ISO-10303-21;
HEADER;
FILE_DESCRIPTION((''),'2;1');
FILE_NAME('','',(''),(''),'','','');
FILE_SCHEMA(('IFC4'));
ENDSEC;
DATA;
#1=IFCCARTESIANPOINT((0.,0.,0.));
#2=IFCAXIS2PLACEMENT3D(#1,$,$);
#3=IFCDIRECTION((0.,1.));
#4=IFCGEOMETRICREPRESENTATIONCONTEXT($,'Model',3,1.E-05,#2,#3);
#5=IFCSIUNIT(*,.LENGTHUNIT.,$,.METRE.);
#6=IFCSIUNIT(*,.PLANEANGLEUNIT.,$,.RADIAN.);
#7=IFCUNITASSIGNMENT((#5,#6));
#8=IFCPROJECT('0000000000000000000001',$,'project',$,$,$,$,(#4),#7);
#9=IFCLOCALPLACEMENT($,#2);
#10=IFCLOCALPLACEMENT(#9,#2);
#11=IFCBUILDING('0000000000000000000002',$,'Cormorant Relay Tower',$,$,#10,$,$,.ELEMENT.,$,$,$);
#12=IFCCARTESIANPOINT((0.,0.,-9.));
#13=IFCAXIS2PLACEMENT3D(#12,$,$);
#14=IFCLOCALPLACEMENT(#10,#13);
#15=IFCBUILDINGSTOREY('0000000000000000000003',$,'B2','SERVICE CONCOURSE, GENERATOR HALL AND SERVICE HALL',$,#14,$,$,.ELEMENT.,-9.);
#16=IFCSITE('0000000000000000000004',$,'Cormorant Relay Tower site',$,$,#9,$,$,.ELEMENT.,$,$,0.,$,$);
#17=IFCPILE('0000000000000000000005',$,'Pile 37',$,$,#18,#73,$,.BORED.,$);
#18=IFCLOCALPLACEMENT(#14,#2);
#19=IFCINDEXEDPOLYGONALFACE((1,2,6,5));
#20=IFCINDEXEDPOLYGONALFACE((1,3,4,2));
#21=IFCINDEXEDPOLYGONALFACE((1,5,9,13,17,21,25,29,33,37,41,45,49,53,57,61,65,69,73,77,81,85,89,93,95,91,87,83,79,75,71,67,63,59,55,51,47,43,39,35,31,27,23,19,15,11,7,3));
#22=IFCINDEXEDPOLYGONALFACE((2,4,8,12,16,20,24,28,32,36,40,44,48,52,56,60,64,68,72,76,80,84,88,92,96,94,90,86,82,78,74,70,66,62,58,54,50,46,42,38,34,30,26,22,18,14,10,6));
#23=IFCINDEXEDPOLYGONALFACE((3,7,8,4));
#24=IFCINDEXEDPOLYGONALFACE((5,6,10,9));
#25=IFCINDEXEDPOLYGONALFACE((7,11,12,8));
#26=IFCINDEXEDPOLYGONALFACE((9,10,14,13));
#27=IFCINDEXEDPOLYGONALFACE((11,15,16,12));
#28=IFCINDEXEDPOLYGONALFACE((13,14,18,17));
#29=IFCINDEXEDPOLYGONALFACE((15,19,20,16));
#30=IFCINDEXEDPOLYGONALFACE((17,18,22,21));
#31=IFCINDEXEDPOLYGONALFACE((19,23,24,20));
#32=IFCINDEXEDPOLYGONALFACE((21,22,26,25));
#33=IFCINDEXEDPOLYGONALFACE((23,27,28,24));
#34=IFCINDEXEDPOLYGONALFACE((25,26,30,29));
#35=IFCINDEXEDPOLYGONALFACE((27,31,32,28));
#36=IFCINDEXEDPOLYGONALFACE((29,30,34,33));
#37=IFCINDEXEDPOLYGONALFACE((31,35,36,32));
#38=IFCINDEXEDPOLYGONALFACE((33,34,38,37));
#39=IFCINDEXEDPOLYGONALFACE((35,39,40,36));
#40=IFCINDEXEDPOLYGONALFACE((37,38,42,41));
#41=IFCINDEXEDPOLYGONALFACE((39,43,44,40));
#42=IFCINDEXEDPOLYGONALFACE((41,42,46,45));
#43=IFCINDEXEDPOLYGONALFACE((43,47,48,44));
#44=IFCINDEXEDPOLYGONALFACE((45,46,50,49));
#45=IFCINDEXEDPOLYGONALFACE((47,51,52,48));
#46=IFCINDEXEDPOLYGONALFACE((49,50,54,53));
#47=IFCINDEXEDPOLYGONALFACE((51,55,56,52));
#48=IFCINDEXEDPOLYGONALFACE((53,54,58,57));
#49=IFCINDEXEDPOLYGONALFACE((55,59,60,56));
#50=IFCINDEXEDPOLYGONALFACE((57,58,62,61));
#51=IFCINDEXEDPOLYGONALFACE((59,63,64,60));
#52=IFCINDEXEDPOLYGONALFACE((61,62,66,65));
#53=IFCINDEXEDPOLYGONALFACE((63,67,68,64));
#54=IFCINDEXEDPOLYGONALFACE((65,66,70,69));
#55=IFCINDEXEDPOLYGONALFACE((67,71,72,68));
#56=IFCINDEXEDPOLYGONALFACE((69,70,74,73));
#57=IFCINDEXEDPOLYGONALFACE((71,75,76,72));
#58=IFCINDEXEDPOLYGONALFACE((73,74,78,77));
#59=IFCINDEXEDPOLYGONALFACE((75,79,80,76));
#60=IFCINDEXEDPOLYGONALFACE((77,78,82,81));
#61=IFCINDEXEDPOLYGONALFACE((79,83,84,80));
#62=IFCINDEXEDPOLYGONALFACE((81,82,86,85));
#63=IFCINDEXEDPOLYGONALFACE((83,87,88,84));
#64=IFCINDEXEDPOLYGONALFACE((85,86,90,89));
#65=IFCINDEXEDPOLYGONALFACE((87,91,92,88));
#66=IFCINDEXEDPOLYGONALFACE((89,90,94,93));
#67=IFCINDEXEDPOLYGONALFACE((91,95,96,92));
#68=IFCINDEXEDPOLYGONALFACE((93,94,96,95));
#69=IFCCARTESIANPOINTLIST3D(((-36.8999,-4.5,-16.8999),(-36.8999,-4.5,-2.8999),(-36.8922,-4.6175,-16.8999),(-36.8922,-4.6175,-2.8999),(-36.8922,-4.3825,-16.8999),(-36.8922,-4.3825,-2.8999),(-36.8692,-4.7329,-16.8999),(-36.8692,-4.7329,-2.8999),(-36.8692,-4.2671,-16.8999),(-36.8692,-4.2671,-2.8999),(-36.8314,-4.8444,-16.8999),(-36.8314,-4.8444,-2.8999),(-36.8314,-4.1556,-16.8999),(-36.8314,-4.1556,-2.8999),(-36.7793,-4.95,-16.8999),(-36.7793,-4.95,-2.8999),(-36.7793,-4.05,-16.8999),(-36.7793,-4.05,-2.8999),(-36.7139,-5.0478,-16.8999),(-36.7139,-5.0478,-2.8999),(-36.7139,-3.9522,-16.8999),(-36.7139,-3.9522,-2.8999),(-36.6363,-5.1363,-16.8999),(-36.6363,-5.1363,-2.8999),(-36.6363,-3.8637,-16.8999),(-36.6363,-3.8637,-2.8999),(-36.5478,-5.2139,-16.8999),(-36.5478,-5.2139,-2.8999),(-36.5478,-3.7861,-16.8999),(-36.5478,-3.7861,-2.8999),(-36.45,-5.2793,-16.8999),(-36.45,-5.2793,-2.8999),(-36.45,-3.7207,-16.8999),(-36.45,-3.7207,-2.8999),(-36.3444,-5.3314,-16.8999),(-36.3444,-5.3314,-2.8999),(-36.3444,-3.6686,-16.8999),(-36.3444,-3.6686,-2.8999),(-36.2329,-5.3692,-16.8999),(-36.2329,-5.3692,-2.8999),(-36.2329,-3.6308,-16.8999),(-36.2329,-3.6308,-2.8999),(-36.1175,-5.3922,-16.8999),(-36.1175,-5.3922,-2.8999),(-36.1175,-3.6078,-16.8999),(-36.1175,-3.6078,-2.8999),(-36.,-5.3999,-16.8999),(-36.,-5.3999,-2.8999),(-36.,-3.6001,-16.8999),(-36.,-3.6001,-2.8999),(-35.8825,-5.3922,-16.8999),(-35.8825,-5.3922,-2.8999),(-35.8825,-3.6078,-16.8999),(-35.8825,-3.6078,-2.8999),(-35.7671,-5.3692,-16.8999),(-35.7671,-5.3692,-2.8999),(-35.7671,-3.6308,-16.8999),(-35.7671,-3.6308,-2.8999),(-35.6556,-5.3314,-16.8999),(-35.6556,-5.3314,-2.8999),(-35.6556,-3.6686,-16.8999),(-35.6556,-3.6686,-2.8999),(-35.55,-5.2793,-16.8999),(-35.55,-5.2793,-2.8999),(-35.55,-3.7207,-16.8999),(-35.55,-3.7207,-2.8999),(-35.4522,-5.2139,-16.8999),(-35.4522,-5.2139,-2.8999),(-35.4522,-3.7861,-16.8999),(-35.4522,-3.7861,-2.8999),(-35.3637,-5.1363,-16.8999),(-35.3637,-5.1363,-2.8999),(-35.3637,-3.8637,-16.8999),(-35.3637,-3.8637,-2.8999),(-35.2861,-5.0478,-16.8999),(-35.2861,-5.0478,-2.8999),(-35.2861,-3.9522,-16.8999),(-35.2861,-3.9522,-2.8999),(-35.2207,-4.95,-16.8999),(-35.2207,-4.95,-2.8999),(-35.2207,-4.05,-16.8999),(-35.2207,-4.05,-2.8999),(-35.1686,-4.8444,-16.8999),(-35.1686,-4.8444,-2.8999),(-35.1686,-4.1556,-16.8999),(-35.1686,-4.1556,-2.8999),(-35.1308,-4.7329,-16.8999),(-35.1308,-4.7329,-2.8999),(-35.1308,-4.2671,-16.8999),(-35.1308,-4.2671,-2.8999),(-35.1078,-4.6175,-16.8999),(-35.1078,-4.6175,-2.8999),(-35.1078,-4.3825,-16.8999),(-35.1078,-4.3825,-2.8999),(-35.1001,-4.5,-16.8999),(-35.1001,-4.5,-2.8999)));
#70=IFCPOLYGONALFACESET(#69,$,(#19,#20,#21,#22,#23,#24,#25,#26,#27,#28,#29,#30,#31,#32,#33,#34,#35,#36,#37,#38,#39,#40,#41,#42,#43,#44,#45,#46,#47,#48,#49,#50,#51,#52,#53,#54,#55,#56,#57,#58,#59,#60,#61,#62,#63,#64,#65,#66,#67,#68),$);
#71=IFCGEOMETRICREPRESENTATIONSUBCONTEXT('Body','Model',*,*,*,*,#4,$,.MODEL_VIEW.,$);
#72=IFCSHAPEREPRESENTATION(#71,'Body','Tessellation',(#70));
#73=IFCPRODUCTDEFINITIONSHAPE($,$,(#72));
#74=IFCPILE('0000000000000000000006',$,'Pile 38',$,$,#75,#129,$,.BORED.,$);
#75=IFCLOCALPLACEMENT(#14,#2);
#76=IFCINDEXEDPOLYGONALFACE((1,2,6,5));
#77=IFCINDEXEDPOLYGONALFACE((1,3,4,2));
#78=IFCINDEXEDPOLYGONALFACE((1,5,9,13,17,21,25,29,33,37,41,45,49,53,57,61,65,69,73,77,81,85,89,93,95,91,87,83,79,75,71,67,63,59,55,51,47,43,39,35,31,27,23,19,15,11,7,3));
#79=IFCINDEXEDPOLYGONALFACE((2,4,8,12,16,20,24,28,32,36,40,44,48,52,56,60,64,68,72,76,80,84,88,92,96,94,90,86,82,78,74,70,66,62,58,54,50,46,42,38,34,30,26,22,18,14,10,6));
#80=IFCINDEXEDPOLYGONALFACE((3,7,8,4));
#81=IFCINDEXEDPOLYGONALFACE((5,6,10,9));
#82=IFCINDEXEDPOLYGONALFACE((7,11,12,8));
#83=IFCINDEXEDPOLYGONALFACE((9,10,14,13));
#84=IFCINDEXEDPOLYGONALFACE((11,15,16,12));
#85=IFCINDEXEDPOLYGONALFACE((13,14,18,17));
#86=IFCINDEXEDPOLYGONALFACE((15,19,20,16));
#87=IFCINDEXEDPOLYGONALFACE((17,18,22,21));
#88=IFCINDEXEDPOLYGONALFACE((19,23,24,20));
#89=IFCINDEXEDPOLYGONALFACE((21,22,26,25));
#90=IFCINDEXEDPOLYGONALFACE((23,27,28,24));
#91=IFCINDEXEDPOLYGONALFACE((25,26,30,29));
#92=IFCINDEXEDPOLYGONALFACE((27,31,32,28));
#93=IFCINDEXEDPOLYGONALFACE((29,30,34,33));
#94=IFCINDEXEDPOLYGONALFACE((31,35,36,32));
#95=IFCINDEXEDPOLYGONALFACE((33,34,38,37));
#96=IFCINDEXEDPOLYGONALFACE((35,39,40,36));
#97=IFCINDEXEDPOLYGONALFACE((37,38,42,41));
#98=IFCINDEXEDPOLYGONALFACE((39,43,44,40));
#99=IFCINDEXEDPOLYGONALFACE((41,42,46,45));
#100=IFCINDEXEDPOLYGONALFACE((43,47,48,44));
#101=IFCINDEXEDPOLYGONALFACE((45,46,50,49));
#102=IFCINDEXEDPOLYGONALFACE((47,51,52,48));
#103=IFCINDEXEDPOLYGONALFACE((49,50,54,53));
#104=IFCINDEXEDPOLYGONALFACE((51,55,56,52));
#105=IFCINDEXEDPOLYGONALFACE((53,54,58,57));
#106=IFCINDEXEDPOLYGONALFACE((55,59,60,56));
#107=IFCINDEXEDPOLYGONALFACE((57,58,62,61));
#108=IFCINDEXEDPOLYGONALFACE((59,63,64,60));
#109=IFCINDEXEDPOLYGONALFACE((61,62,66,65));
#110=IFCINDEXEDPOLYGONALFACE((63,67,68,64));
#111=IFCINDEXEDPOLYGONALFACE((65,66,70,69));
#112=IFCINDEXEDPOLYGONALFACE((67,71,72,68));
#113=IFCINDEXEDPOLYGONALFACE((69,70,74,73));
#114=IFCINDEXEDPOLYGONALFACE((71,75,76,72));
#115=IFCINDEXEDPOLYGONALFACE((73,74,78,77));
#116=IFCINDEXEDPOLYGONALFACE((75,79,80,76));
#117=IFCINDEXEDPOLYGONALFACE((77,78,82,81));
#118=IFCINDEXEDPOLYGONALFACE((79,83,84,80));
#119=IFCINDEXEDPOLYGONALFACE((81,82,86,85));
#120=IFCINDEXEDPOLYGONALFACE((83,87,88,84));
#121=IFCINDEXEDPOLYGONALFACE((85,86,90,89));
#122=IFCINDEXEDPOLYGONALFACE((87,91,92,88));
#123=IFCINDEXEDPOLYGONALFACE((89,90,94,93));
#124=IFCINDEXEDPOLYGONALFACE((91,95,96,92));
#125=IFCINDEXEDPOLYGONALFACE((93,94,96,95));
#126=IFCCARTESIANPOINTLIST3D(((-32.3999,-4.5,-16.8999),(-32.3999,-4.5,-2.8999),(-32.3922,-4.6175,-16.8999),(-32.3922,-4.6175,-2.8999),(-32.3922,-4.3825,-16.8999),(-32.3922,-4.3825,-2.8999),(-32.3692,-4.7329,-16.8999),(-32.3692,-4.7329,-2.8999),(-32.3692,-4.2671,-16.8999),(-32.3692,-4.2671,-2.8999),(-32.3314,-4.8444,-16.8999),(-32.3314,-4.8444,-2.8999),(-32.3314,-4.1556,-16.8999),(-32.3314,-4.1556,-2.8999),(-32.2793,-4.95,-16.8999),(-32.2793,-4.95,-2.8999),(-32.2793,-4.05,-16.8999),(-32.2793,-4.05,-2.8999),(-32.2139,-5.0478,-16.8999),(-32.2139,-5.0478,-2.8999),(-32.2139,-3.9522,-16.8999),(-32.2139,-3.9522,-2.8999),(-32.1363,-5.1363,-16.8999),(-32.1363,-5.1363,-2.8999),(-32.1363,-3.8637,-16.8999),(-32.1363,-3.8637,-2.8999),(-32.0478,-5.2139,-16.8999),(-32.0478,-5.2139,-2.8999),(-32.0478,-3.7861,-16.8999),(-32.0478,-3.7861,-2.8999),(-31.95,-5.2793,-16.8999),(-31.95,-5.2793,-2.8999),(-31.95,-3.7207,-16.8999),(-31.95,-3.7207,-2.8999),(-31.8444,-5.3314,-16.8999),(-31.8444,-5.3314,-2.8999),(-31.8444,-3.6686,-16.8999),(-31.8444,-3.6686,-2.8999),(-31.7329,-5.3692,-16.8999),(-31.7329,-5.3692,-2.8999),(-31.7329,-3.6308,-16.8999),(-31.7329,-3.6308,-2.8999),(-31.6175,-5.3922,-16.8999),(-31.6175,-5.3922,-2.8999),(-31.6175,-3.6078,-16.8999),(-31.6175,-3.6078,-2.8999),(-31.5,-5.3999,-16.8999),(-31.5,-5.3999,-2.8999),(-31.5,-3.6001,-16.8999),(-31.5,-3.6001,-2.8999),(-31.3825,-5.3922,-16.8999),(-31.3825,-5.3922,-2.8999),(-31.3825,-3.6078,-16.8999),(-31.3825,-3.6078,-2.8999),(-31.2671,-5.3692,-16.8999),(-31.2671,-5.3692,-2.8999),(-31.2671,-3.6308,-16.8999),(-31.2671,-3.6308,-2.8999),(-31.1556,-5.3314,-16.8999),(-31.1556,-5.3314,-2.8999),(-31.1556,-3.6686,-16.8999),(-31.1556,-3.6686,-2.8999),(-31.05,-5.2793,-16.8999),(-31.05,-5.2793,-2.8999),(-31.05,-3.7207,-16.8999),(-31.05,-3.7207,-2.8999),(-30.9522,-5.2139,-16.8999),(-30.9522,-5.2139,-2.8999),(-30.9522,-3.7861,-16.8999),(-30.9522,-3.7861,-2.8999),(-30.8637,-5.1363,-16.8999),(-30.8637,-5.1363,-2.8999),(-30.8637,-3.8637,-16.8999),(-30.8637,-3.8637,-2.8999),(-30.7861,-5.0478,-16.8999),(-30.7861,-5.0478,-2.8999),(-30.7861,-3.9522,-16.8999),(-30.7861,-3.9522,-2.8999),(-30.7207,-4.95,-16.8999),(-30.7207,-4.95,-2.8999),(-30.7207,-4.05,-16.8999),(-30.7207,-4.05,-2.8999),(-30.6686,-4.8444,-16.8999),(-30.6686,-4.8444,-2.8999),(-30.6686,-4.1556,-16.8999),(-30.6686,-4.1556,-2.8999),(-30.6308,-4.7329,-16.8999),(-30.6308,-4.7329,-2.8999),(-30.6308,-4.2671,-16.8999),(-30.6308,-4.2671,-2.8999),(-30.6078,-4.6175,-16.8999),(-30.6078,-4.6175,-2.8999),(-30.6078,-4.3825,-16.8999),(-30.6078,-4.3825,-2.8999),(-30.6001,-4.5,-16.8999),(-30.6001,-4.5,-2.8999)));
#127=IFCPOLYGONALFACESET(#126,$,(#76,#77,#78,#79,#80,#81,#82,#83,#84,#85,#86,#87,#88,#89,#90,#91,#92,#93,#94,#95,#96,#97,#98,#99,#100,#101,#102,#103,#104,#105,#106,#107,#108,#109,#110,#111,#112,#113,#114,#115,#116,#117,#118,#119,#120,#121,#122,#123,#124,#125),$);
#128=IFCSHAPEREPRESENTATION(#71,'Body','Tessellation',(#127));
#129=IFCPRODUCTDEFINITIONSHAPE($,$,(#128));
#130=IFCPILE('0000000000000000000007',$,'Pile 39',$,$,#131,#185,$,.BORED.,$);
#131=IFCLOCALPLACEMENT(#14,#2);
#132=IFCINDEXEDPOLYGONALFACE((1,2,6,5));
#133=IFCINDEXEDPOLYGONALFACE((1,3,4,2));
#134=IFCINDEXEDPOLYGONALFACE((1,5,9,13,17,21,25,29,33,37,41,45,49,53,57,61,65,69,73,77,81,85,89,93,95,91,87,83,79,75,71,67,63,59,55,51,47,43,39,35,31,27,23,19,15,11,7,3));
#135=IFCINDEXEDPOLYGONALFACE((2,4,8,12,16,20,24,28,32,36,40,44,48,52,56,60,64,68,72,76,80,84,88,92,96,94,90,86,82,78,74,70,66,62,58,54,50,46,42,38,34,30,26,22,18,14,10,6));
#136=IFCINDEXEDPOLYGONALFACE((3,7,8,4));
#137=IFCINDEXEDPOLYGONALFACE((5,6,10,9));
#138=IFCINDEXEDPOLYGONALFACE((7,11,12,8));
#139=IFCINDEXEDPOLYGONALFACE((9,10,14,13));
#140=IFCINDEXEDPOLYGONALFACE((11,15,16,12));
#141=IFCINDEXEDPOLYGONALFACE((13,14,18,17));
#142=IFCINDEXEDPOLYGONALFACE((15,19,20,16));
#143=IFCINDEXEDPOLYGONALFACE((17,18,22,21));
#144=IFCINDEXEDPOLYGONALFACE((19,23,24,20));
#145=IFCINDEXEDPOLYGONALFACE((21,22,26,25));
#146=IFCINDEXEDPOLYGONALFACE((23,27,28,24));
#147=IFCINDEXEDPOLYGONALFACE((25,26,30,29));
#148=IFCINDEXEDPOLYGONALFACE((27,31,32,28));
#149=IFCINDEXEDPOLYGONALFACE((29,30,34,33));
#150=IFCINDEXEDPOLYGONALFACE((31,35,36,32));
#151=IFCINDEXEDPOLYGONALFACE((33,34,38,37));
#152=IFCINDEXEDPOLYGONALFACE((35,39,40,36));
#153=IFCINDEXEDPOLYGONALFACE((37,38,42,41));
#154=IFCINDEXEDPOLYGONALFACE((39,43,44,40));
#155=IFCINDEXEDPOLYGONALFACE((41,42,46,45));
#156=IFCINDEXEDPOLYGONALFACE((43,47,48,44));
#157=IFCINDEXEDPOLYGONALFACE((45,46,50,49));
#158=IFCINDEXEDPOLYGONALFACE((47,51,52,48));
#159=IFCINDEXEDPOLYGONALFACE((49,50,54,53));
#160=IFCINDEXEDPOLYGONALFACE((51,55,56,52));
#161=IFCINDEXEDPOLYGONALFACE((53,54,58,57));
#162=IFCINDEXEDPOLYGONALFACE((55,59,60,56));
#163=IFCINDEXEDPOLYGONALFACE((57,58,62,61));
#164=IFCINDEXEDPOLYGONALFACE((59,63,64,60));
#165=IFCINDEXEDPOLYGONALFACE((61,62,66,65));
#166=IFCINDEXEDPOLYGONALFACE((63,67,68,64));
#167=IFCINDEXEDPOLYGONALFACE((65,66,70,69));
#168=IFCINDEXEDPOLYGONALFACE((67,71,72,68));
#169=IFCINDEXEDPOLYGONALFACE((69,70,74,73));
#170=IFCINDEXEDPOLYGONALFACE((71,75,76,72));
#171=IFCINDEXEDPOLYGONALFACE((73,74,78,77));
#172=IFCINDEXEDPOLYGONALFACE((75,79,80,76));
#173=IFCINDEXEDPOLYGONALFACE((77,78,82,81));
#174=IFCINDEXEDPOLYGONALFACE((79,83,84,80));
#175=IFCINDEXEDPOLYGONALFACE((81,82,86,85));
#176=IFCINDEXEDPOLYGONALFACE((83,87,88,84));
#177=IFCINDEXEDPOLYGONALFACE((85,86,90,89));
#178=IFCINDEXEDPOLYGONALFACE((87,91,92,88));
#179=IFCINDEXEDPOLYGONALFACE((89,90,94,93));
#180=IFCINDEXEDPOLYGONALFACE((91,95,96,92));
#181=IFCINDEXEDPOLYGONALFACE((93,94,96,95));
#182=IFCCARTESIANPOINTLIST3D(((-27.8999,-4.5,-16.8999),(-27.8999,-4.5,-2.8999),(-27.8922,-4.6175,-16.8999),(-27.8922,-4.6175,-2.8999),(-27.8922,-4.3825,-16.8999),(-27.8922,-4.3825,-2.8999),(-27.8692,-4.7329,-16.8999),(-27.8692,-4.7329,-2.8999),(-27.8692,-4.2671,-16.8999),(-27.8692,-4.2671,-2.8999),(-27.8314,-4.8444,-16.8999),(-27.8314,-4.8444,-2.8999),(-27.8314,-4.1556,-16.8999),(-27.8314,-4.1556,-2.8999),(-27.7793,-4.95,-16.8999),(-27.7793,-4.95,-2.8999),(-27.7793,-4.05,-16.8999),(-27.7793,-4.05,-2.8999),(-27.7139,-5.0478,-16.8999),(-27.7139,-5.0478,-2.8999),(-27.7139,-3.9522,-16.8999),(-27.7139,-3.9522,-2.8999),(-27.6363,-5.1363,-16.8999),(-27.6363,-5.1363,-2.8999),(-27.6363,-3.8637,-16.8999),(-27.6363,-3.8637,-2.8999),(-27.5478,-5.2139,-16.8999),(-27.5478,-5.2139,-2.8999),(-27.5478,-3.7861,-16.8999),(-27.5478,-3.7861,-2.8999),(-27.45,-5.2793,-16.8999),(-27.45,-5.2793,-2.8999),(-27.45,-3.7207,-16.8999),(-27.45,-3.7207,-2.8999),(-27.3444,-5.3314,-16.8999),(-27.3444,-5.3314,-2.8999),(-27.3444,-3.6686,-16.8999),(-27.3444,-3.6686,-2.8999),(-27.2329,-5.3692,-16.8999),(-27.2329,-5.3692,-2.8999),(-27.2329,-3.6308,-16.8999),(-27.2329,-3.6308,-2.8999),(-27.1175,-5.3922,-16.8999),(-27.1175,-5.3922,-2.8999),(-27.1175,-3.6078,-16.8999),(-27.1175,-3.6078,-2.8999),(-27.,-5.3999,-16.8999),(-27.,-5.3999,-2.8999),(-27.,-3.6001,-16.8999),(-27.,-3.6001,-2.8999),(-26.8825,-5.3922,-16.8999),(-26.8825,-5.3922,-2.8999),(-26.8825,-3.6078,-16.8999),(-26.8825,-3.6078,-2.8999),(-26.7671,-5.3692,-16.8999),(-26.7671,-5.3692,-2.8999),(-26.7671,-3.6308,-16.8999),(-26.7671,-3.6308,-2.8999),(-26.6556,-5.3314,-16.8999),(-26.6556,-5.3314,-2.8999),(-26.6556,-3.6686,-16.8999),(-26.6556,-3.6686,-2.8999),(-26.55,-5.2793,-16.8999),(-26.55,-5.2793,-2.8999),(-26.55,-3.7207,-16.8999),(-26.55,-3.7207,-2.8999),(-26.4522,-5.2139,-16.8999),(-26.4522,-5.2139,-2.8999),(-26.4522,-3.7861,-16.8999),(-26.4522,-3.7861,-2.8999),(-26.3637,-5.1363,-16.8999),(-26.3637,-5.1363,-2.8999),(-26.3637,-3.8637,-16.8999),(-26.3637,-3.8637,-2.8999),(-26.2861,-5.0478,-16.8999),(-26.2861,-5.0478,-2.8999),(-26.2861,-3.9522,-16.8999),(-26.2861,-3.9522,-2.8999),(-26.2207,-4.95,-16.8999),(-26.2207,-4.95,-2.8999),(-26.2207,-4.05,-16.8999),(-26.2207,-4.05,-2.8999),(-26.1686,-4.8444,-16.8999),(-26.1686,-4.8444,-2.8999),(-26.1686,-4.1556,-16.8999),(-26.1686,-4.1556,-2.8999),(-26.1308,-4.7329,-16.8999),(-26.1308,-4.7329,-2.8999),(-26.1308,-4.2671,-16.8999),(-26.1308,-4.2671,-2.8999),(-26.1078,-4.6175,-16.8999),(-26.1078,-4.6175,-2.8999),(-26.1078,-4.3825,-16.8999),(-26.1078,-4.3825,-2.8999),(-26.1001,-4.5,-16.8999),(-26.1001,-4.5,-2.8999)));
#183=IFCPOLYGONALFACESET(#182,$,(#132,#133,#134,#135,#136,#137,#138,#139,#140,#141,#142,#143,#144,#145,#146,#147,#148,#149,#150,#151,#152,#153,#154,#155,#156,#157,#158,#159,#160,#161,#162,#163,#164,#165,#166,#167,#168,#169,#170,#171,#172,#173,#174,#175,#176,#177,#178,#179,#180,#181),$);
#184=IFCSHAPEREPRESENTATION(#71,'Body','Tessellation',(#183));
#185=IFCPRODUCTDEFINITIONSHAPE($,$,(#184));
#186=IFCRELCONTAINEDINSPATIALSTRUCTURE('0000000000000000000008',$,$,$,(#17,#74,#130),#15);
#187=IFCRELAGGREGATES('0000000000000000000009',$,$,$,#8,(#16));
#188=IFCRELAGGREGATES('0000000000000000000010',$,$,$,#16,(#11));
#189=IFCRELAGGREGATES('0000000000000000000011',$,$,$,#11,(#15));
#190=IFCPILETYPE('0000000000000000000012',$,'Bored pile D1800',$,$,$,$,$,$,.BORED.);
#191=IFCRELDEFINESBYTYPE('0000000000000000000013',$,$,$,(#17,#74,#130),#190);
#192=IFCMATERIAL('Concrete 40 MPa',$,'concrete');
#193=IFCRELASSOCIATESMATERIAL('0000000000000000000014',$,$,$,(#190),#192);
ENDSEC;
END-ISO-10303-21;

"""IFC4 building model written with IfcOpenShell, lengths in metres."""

from ifc_helpers import new_model, si_unit, direction, frame, origin, origin_2d, place, context, subcontext, project, spatial, circle, extrude, material, material_profile, profile_set, type_object, element, save


model = new_model("IFC4")

# Units and contexts
model_context = context("Model", 3, precision=1e-05, world=origin(), true_north=direction((0.0, 1.0)))
body_context = subcontext(model_context, "Body", "Model", "MODEL_VIEW")
ifc_project = project(units=[si_unit("LENGTHUNIT", "METRE"), si_unit("PLANEANGLEUNIT", "RADIAN")], contexts=[model_context])

# Site, building, storey
site_placement = place(None, origin())
site = spatial("IfcSite", under=ifc_project, at=site_placement, Name="Cormorant Relay Tower site", CompositionType="ELEMENT", RefElevation=0.0)
building_placement = place(site_placement, origin())
building = spatial("IfcBuilding", under=site, at=building_placement, Name="Cormorant Relay Tower", CompositionType="ELEMENT")
storey_placement = place(building_placement, frame((0.0, 0.0, -9.0)))
storey = spatial("IfcBuildingStorey", under=building, at=storey_placement, Name="B2", Description="SERVICE CONCOURSE, GENERATOR HALL AND SERVICE HALL", CompositionType="ELEMENT", Elevation=-9.0)

# Piles
ifc_material_1 = material(Name="Concrete 40 MPa", Category="concrete")
ifc_material_profile_1 = material_profile(ifc_material_1, circle(Radius=0.8999, at=origin_2d()), Name="BP1800")
ifc_profile_set_1 = profile_set([ifc_material_profile_1], Name="Concrete 40 MPa")
pile_type = type_object("IfcPileType", Name="Bored pile D1800", PredefinedType="BORED", material=ifc_profile_set_1)
for number, where, z_axis, x_axis, name in (
    (1, (-36.0, -4.5, -2.8999), (0.0, 0.0, -1.0), (1.0, 0.0, 0.0), "Pile 37"),
    (2, (-31.5, -4.5, -2.8999), (0.0, 0.0, -1.0), (1.0, 0.0, 0.0), "Pile 38"),
    (3, (-27.0, -4.5, -2.8999), (0.0, 0.0, -1.0), (1.0, 0.0, 0.0), "Pile 39"),
):
    element("IfcPile", number, at=place(storey_placement, frame(where, z_axis=z_axis, x_axis=x_axis)), inside=storey, type_object=pile_type, Name=name, PredefinedType="BORED", context=body_context, shape_type="SweptSolid", body=[
        extrude(circle(Radius=0.8999, at=origin_2d()), origin(), (0.0, 0.0, 1.0), 14.0),
    ])

save(model, "model.ifc")
